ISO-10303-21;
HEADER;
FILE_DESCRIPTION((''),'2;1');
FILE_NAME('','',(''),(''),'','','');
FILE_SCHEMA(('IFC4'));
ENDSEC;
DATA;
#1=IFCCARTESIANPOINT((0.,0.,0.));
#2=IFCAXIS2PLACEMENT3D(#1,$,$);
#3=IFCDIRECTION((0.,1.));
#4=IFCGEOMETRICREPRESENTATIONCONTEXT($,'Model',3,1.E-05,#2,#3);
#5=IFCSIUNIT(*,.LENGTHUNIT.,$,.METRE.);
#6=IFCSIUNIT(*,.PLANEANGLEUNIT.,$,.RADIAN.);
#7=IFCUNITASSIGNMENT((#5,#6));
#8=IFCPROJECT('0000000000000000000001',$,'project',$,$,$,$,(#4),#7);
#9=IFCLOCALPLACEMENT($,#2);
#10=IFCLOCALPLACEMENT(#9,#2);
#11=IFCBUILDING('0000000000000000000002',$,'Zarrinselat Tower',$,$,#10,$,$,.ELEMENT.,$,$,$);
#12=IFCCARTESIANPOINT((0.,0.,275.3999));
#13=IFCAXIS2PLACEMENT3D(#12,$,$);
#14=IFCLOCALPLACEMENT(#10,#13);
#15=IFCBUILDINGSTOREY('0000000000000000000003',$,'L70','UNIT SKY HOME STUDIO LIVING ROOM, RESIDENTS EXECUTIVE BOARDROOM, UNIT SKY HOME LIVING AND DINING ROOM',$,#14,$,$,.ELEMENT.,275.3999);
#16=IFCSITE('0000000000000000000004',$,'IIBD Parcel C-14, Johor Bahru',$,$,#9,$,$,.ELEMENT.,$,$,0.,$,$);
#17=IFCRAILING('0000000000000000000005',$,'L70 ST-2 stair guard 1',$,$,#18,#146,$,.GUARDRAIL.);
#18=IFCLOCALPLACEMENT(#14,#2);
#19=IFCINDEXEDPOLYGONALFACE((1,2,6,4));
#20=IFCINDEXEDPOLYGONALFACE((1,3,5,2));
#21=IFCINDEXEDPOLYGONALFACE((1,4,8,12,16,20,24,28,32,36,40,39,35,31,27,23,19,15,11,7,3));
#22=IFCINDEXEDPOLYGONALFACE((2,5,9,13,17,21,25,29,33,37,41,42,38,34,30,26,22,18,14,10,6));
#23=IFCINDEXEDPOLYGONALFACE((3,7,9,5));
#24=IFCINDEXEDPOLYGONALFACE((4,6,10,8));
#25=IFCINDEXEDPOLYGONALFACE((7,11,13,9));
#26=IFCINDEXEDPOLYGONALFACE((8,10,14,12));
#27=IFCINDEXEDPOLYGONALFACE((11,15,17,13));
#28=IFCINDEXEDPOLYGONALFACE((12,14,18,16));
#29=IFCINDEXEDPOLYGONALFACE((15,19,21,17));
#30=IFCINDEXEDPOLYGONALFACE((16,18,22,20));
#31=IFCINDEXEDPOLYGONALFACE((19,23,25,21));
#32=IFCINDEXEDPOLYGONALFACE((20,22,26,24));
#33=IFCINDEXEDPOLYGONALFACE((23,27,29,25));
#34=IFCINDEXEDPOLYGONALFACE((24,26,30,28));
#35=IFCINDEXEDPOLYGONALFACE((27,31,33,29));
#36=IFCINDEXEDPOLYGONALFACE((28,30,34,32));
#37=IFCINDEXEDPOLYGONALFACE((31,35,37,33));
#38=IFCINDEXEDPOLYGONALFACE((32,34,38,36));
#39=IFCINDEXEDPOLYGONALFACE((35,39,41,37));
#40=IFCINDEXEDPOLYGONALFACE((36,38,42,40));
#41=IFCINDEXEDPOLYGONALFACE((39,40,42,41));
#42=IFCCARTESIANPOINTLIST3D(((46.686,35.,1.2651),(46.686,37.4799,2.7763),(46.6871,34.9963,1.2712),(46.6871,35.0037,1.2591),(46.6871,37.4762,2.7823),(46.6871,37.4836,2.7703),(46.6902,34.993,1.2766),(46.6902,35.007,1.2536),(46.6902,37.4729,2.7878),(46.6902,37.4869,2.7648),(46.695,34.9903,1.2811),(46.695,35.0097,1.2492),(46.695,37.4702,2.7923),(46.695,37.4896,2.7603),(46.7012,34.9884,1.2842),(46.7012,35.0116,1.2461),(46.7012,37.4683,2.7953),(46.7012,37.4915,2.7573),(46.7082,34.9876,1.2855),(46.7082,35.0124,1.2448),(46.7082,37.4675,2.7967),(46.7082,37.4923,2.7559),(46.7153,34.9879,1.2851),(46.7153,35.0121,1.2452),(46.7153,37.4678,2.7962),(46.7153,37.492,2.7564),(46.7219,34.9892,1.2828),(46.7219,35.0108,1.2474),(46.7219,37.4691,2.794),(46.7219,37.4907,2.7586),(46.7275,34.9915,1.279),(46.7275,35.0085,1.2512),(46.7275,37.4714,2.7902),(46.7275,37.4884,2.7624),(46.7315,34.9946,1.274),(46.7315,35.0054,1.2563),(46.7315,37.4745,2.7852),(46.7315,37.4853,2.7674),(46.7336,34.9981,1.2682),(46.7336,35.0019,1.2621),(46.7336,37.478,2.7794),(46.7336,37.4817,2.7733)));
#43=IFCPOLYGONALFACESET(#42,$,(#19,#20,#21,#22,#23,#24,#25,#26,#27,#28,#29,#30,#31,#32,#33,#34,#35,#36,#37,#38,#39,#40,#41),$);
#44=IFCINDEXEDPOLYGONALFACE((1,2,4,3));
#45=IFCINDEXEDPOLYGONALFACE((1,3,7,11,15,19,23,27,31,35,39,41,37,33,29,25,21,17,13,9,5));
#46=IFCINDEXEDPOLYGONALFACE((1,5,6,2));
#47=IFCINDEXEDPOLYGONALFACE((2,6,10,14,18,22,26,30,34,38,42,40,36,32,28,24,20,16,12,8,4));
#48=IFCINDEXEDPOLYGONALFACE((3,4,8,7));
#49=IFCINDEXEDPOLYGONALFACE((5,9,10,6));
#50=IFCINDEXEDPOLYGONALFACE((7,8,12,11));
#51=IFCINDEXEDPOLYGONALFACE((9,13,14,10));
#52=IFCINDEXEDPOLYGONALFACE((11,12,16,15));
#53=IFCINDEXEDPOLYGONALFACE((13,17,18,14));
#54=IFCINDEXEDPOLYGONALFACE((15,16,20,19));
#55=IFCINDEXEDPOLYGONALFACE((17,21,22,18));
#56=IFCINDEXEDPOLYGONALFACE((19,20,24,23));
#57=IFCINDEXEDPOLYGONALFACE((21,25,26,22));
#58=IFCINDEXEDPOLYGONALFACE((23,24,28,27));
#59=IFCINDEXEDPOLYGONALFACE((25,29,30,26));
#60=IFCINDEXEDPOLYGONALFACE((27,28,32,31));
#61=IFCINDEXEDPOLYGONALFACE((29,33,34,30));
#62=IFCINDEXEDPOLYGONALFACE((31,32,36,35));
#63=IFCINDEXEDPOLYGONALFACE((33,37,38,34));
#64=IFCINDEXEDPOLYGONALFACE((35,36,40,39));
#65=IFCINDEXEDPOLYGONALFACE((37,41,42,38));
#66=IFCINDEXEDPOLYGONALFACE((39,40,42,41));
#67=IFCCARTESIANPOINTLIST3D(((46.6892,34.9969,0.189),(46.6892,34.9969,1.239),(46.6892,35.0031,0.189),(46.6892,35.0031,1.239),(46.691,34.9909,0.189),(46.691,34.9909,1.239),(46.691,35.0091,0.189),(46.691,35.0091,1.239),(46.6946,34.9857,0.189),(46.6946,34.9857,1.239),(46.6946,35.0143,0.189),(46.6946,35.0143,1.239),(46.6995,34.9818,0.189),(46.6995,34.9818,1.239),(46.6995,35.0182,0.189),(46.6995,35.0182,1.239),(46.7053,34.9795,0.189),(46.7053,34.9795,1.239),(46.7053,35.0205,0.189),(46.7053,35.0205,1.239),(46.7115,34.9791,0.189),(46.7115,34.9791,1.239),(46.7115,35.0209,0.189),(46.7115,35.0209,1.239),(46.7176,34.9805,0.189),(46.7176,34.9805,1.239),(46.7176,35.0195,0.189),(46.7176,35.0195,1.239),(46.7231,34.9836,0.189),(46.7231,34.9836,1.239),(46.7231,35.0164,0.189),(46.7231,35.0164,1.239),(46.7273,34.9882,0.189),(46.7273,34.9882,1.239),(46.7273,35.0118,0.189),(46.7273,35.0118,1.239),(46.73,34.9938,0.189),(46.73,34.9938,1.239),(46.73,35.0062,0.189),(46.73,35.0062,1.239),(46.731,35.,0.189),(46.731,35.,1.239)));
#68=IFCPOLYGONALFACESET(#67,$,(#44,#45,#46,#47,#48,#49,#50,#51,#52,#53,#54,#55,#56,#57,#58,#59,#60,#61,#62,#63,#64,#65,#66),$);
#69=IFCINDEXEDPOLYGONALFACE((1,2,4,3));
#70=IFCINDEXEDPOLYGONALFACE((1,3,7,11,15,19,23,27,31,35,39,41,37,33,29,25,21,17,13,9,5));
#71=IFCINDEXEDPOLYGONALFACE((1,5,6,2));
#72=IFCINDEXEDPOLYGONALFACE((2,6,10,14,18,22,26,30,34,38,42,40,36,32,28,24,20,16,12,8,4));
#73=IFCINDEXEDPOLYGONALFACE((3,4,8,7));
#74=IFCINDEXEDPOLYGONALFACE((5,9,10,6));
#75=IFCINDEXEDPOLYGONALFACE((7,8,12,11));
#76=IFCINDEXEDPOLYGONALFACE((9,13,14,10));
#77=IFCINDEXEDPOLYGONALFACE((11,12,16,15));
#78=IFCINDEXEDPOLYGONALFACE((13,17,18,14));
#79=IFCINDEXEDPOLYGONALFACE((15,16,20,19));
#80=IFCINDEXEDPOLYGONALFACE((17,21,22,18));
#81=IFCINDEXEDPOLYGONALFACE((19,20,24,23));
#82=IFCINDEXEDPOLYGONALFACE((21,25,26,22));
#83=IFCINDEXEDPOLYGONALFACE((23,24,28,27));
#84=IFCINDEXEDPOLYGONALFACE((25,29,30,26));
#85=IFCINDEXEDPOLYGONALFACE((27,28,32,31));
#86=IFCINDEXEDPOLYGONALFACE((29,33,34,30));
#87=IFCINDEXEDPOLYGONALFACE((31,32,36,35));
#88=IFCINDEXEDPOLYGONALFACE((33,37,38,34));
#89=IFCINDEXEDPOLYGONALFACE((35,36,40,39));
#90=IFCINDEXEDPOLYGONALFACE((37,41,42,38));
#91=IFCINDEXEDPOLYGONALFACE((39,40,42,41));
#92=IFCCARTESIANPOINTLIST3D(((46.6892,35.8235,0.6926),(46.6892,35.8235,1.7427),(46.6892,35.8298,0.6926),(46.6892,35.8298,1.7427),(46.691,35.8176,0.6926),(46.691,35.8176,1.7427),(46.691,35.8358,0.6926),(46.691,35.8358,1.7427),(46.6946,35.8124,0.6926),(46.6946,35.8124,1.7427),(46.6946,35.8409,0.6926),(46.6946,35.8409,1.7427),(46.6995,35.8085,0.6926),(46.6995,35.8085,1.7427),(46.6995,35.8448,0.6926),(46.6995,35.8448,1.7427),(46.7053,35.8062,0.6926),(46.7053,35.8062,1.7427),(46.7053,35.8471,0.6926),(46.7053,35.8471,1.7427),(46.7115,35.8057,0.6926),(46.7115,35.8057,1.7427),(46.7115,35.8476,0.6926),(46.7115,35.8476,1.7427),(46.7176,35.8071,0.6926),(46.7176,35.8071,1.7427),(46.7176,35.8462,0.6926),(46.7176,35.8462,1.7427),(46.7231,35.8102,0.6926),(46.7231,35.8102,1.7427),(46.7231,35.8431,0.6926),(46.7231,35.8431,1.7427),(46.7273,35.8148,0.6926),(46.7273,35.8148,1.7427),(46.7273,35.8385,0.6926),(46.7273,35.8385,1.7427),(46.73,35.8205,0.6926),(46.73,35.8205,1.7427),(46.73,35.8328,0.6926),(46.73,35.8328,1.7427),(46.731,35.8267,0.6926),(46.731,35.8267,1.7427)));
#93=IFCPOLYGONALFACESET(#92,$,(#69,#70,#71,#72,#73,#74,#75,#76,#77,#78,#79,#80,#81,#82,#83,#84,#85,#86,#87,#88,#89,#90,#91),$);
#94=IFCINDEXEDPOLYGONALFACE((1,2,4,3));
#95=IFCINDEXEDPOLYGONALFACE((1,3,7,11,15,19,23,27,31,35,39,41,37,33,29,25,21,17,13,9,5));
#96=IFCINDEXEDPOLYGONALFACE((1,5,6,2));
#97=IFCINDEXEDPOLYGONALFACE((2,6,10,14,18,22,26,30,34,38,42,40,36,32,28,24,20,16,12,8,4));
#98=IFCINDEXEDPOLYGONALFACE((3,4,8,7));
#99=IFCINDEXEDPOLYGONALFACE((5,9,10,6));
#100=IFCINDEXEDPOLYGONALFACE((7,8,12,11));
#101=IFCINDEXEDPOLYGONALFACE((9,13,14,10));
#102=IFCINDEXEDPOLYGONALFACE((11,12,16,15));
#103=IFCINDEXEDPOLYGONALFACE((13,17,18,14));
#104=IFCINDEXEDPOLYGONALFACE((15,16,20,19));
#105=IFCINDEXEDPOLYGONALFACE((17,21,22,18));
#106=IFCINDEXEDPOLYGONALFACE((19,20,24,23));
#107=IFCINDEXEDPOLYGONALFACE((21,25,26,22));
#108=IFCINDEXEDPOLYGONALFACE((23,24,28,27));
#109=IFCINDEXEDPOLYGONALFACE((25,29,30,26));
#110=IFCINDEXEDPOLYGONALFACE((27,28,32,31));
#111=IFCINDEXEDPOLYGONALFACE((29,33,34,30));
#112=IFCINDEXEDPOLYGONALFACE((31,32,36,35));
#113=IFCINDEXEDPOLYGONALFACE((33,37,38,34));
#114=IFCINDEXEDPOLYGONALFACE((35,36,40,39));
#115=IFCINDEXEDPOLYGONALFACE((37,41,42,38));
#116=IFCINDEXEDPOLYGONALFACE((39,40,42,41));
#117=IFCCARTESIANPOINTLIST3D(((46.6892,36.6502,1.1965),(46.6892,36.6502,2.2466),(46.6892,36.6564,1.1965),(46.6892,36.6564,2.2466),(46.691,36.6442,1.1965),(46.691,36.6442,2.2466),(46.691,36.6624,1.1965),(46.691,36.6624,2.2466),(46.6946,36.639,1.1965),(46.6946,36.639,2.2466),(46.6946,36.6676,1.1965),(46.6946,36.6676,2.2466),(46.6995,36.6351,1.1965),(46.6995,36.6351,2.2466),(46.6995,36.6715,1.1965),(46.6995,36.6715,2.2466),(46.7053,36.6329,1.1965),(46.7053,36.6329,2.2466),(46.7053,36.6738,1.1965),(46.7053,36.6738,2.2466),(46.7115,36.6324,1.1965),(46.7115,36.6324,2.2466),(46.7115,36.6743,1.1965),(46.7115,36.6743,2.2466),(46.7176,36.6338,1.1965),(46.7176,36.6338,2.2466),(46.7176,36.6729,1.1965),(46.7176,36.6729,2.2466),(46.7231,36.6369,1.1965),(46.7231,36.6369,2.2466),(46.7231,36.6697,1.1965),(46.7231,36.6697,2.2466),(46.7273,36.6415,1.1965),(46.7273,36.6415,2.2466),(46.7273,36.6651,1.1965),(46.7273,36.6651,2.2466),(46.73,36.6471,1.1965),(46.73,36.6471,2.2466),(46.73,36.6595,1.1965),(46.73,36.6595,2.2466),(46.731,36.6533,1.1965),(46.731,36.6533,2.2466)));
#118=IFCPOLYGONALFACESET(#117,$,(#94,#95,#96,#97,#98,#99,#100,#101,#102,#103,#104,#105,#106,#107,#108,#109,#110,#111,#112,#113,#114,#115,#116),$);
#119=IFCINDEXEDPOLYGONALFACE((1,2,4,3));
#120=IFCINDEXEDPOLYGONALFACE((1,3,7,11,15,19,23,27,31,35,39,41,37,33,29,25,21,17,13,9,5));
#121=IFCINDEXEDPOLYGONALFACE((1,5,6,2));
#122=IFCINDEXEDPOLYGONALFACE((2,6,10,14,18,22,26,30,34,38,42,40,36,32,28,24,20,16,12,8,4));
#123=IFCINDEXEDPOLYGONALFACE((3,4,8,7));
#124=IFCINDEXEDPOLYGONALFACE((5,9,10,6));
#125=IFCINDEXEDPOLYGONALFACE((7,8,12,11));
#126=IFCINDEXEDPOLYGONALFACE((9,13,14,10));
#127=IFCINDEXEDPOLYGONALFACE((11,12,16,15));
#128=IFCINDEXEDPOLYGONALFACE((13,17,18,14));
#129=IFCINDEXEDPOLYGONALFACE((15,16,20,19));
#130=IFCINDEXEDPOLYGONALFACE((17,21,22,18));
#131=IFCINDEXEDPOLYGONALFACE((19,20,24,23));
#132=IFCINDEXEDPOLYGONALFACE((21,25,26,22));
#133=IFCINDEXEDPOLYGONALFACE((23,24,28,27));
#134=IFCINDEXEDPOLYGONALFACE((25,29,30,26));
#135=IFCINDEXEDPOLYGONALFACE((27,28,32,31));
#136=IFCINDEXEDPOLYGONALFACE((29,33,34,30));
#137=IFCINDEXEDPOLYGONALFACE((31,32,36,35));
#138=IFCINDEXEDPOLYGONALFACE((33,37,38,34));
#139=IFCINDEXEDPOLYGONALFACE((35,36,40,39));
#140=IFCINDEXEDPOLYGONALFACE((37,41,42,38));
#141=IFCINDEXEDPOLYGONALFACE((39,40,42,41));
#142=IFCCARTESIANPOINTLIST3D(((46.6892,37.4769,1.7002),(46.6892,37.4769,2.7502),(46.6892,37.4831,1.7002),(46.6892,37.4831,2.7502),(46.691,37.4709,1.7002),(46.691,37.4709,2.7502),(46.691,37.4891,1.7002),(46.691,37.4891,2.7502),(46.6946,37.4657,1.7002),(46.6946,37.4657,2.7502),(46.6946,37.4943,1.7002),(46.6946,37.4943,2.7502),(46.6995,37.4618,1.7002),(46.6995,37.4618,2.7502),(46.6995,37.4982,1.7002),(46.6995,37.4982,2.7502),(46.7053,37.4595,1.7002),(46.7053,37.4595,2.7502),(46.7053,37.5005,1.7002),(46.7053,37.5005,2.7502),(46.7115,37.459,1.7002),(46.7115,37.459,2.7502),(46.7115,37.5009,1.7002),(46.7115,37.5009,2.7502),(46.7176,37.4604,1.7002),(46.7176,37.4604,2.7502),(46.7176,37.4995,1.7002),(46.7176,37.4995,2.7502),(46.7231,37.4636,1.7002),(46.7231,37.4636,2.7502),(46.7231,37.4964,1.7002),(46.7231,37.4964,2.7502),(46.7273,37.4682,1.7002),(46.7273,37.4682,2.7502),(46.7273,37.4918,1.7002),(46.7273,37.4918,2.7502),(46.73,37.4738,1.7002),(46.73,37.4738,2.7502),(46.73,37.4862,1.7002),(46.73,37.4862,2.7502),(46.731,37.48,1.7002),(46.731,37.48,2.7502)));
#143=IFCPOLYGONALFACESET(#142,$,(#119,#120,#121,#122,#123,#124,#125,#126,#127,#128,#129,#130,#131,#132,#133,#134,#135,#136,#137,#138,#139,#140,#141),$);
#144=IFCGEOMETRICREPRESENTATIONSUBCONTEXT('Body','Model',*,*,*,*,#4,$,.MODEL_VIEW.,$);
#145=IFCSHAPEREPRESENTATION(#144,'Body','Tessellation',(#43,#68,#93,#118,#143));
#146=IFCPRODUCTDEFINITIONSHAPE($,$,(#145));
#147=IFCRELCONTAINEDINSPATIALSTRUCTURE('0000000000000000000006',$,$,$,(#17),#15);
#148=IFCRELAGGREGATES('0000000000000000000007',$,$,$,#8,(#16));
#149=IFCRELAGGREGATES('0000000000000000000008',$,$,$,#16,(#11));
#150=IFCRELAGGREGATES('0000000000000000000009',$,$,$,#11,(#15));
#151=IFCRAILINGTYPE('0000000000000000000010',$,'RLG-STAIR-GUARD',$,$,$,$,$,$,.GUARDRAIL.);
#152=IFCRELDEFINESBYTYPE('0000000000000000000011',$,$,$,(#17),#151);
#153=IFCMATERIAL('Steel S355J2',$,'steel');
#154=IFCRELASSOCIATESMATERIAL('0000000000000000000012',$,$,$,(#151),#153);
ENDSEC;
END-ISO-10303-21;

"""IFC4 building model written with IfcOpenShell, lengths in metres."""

from ifc_helpers import new_model, si_unit, direction, frame, origin, origin_2d, place, context, subcontext, project, spatial, circle, extrude, material, type_object, element, save


model = new_model("IFC4")

# Units and contexts
model_context = context("Model", 3, precision=1e-05, world=origin(), true_north=direction((0.0, 1.0)))
body_context = subcontext(model_context, "Body", "Model", "MODEL_VIEW")
ifc_project = project(units=[si_unit("LENGTHUNIT", "METRE"), si_unit("PLANEANGLEUNIT", "RADIAN")], contexts=[model_context])

# Site, building, storey
site_placement = place(None, origin())
site = spatial("IfcSite", under=ifc_project, at=site_placement, Name="IIBD Parcel C-14, Johor Bahru", CompositionType="ELEMENT", RefElevation=0.0)
building_placement = place(site_placement, origin())
building = spatial("IfcBuilding", under=site, at=building_placement, Name="Zarrinselat Tower", CompositionType="ELEMENT")
storey_placement = place(building_placement, frame((0.0, 0.0, 275.3999)))
storey = spatial("IfcBuildingStorey", under=building, at=storey_placement, Name="L70", Description="UNIT SKY HOME STUDIO LIVING ROOM, RESIDENTS EXECUTIVE BOARDROOM, UNIT SKY HOME LIVING AND DINING ROOM", CompositionType="ELEMENT", Elevation=275.3999)

# Railing
ifc_material_1 = material(Name="Steel S355J2", Category="steel")
railing_type_1 = type_object("IfcRailingType", Name="RLG-STAIR-GUARD", PredefinedType="GUARDRAIL", material=ifc_material_1)
railing_1_placement = place(storey_placement, frame((46.71, 35.0, 0.189)))
element("IfcRailing", 1, at=railing_1_placement, inside=storey, type_object=railing_type_1, Name="L70 ST-2 stair guard 1", PredefinedType="GUARDRAIL", context=body_context, shape_type="SweptSolid", body=[
    extrude(circle(Radius=0.0239, at=origin_2d()), frame((0.0, 0.0, 1.0762), z_axis=(0.0, 0.853942, 0.520368), x_axis=(-1.0, 0.0, 0.0)), (0.0, 0.0, 1.0), 2.9041),
    extrude(circle(Radius=0.021, at=origin_2d()), origin(), (0.0, 0.0, 1.0), 1.05),
    extrude(circle(Radius=0.021, at=origin_2d()), frame((0.0, 0.8267, 0.5037)), (0.0, 0.0, 1.0), 1.05),
    extrude(circle(Radius=0.021, at=origin_2d()), frame((0.0, 1.6533, 1.0076)), (0.0, 0.0, 1.0), 1.05),
    extrude(circle(Radius=0.021, at=origin_2d()), frame((0.0, 2.48, 1.5112)), (0.0, 0.0, 1.0), 1.05),
])

save(model, "model.ifc")
